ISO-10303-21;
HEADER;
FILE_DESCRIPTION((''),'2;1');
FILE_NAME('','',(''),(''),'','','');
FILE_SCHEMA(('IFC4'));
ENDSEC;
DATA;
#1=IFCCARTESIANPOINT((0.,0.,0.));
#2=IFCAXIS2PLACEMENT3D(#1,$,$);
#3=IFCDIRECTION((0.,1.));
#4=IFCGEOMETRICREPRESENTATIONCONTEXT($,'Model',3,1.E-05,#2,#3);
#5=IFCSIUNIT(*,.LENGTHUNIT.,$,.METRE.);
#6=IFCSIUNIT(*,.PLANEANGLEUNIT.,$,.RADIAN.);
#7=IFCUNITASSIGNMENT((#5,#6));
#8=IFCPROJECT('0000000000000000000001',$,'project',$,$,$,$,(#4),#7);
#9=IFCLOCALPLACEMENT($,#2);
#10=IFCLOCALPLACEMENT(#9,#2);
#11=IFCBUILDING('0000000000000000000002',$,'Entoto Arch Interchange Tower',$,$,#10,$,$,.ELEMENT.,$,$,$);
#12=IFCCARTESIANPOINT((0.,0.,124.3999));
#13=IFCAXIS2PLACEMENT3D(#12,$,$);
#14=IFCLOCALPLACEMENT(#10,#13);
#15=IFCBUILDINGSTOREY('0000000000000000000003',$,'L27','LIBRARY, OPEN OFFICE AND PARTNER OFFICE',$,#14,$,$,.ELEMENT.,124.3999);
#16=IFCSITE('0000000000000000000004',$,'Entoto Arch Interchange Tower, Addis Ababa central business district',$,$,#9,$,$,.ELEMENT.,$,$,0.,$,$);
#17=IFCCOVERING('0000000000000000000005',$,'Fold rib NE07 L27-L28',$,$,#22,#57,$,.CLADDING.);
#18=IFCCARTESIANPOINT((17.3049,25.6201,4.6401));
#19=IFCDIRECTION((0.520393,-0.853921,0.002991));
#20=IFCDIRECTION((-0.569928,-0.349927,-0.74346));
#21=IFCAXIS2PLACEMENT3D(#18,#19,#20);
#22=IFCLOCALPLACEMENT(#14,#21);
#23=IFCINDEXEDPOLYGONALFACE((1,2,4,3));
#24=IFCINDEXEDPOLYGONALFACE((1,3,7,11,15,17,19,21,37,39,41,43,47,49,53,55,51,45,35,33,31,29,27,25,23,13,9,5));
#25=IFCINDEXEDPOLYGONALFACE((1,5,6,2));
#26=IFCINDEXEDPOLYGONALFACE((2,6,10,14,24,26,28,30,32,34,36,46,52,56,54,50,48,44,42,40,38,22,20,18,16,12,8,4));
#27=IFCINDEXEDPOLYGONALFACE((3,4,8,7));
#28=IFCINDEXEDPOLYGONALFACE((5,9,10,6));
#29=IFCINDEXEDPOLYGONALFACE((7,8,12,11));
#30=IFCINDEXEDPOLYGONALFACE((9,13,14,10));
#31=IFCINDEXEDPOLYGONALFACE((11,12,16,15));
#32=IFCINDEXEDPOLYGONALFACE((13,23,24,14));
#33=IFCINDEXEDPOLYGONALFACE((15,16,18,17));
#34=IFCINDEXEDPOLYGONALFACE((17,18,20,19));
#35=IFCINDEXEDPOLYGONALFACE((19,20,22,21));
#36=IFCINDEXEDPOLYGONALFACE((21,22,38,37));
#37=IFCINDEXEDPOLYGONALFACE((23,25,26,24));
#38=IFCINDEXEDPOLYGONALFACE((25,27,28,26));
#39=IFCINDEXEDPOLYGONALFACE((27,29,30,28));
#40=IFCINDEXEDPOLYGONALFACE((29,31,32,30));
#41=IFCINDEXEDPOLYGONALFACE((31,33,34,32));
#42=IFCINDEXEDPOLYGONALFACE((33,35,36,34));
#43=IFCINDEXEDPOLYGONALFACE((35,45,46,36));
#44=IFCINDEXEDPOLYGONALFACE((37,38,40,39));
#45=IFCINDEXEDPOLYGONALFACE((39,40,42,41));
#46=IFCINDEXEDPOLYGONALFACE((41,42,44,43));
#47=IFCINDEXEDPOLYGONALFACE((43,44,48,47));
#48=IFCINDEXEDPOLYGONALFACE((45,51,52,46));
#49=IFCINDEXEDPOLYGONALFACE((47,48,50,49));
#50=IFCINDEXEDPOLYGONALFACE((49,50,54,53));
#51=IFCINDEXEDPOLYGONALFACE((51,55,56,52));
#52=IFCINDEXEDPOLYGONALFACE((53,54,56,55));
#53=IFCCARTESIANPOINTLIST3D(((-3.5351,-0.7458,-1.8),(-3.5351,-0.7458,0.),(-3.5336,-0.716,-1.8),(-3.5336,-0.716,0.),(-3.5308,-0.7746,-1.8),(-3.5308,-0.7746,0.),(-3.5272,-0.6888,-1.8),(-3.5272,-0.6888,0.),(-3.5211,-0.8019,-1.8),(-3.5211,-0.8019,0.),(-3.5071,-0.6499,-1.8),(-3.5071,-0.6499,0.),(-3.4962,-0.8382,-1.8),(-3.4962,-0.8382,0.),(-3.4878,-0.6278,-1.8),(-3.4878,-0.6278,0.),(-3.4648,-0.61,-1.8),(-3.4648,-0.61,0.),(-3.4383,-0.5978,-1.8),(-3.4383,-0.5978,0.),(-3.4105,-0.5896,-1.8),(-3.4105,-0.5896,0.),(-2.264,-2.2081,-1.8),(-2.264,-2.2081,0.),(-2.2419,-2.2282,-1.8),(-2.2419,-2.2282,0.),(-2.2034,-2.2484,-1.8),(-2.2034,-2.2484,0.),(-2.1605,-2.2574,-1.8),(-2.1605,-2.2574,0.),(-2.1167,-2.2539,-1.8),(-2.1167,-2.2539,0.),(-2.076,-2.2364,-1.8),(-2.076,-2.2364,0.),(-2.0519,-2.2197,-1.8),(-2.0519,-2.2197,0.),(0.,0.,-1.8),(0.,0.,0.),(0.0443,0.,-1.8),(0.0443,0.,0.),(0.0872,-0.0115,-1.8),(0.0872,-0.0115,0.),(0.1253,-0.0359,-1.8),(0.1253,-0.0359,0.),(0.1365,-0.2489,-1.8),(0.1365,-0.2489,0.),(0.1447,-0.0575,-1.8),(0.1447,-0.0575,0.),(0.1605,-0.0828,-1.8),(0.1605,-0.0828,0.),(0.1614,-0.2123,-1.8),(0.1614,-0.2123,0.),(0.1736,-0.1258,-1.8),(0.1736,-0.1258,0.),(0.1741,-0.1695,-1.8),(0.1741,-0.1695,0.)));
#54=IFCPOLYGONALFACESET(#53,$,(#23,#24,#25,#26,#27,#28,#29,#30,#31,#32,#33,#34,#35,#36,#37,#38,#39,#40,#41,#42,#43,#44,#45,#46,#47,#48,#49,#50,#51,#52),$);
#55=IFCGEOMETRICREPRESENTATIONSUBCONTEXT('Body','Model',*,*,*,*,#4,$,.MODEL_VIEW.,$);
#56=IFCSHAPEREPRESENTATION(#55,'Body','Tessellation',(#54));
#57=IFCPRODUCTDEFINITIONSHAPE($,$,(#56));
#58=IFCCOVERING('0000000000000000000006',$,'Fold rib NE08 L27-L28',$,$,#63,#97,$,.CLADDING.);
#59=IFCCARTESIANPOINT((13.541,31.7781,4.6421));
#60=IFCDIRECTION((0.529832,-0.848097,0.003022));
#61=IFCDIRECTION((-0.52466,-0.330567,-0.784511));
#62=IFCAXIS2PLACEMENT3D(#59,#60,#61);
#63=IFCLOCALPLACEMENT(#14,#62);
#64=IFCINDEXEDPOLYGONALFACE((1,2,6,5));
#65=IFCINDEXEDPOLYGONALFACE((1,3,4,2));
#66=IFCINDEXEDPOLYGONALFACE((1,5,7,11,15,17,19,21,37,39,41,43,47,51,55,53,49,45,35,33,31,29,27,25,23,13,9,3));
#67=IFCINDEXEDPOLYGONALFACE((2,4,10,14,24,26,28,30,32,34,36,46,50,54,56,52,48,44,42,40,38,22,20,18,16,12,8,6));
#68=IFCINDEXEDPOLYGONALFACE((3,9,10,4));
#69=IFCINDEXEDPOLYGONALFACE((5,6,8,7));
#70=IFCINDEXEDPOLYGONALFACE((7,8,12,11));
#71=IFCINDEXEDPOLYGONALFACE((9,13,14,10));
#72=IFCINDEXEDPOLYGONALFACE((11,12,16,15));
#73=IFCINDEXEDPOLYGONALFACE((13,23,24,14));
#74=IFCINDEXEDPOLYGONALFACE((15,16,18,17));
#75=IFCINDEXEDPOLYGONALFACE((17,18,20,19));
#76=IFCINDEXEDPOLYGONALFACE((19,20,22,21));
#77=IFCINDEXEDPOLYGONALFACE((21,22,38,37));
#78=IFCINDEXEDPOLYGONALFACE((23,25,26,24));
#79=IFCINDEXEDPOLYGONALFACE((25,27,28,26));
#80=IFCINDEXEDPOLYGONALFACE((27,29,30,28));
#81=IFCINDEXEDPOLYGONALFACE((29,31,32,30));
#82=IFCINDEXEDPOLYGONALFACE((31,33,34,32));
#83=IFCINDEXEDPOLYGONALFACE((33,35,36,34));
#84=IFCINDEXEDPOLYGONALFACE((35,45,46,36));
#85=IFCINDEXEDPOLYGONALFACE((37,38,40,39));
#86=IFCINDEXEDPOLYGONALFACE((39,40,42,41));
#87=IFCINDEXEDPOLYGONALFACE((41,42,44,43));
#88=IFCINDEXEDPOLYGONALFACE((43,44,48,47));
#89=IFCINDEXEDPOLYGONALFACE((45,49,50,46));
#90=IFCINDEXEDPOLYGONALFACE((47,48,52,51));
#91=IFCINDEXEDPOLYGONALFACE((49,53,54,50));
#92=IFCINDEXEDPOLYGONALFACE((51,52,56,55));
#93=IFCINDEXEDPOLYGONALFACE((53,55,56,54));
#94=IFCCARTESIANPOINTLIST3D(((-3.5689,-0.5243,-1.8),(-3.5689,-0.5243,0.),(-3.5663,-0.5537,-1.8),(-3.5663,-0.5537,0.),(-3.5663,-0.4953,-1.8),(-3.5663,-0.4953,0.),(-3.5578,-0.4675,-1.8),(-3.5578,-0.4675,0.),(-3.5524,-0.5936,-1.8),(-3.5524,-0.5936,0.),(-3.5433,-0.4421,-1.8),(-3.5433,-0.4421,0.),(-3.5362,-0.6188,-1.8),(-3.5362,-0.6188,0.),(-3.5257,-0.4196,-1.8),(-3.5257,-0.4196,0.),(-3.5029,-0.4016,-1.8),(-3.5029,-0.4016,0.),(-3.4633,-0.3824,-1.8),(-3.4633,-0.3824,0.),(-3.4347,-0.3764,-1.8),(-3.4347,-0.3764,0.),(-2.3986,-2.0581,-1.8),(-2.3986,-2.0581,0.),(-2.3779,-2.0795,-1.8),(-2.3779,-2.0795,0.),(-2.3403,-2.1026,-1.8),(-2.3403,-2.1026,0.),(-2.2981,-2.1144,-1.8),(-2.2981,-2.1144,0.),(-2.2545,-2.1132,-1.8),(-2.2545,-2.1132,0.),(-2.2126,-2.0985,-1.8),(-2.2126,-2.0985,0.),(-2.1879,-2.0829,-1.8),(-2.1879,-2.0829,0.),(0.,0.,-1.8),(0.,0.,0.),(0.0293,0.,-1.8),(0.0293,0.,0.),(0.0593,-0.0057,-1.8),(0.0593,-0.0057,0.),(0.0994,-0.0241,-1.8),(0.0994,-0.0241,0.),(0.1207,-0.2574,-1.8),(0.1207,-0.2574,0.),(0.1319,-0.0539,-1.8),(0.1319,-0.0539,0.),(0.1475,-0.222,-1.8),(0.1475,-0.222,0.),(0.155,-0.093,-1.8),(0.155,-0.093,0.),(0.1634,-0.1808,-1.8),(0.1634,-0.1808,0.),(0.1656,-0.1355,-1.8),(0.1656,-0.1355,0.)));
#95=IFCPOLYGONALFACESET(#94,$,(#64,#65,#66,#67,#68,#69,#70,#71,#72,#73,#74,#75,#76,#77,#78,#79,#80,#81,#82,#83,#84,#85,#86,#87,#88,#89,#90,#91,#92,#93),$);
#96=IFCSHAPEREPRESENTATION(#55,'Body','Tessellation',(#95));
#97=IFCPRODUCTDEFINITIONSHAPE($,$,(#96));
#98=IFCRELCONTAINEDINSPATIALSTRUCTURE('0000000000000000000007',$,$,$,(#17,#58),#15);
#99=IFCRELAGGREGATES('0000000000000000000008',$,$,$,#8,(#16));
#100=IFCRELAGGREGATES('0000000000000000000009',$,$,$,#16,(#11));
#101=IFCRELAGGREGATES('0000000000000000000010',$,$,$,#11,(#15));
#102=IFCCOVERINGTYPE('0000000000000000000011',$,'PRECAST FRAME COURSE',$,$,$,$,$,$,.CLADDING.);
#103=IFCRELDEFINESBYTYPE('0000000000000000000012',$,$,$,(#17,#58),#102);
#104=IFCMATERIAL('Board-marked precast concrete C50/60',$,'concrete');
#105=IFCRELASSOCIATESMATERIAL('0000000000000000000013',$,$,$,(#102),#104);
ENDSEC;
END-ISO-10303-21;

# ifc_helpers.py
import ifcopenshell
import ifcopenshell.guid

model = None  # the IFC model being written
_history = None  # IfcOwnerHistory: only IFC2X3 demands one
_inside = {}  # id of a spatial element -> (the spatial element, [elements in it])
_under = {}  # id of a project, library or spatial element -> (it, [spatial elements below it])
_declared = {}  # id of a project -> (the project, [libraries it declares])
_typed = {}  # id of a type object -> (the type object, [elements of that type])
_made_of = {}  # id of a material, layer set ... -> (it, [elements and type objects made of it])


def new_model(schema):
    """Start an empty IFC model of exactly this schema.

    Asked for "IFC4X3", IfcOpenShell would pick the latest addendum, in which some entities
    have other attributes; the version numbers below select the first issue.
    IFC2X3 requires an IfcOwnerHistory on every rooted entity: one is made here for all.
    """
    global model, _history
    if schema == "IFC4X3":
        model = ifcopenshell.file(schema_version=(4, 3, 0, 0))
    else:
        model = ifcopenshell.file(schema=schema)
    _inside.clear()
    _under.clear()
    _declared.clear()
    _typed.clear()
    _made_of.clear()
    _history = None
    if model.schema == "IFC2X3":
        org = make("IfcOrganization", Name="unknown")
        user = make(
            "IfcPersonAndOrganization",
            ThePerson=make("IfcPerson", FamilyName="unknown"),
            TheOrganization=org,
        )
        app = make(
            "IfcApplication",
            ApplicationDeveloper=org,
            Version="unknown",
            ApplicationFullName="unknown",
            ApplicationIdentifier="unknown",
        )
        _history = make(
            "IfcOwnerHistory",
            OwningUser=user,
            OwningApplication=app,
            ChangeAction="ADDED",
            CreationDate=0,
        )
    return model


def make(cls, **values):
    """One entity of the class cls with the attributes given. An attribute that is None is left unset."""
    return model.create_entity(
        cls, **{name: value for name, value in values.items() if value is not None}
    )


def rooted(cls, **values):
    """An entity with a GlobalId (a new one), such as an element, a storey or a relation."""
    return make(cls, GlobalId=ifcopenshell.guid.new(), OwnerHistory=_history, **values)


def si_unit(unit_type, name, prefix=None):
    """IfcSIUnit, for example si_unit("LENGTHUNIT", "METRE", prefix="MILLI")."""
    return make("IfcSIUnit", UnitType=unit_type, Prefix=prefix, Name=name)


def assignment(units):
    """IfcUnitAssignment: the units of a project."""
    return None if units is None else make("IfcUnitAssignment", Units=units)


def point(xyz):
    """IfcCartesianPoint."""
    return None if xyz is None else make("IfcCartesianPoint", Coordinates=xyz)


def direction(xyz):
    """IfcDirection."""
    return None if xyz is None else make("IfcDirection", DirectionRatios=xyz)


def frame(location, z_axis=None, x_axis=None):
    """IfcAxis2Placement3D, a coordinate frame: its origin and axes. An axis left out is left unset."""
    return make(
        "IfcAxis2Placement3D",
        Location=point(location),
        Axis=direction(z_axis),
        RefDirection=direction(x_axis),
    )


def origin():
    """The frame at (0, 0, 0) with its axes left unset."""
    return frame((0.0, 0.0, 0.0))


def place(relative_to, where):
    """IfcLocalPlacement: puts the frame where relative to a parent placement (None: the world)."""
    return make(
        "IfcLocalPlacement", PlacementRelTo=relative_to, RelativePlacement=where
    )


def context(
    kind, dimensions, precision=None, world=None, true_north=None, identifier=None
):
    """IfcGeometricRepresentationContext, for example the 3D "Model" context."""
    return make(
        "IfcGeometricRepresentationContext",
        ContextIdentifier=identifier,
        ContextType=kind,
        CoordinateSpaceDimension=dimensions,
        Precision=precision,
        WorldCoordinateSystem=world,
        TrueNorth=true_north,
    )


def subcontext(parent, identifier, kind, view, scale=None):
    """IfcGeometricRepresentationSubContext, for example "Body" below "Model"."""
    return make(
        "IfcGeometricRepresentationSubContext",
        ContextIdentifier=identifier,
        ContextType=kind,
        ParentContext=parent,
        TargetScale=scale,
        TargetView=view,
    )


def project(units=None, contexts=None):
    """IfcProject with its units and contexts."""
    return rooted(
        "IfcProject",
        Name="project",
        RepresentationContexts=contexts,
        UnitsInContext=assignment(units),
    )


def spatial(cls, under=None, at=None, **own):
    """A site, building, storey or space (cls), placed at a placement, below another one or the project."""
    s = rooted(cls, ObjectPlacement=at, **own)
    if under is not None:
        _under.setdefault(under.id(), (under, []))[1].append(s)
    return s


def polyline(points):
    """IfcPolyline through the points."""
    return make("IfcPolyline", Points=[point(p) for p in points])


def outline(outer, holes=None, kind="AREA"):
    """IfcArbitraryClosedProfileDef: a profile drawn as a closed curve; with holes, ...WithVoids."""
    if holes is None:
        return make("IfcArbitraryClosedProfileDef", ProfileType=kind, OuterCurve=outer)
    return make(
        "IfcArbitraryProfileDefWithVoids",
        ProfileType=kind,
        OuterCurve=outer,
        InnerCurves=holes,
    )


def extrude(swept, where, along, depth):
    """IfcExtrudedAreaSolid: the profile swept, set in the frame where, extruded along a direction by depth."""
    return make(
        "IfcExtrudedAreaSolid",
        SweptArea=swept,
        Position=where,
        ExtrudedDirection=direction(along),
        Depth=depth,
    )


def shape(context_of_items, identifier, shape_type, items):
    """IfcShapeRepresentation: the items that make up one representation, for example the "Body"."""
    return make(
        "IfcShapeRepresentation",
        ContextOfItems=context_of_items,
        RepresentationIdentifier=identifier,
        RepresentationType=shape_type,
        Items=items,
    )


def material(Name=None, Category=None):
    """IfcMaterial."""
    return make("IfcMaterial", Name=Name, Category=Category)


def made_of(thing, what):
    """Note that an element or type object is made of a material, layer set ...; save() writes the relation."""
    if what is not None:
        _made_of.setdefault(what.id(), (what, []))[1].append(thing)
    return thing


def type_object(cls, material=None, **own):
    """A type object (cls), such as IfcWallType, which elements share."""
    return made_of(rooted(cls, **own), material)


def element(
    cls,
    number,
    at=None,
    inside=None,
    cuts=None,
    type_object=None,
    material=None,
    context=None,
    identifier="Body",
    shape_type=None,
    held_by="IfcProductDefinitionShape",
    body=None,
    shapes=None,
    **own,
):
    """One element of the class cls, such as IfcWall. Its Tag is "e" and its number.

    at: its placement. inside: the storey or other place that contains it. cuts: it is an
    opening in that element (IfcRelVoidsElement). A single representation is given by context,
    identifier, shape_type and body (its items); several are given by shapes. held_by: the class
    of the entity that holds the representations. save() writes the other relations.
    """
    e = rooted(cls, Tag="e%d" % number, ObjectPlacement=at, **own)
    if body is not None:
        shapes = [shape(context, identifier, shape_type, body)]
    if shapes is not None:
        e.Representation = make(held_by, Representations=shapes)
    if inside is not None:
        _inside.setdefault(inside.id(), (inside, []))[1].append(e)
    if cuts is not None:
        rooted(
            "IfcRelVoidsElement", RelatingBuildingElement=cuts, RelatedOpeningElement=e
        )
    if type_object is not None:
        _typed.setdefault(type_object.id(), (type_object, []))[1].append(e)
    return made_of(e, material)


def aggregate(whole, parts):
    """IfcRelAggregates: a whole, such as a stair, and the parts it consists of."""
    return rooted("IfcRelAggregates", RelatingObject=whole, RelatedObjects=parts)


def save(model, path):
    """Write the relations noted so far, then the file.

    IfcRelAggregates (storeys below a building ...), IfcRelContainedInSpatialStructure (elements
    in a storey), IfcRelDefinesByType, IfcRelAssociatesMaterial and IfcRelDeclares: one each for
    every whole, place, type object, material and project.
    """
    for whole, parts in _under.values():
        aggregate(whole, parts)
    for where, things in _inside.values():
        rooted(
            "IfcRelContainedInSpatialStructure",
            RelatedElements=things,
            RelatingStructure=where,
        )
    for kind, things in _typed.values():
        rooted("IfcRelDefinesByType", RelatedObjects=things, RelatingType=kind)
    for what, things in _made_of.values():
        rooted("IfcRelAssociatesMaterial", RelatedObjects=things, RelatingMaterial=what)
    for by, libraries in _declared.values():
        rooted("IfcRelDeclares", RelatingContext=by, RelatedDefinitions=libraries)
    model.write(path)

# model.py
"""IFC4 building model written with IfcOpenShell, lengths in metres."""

from ifc_helpers import new_model, si_unit, direction, frame, origin, place, context, subcontext, project, spatial, polyline, outline, extrude, material, type_object, element, save


model = new_model("IFC4")

# Units and contexts
model_context = context("Model", 3, precision=1e-05, world=origin(), true_north=direction((0.0, 1.0)))
body_context = subcontext(model_context, "Body", "Model", "MODEL_VIEW")
ifc_project = project(units=[si_unit("LENGTHUNIT", "METRE"), si_unit("PLANEANGLEUNIT", "RADIAN")], contexts=[model_context])

# Site, building, storey
site_placement = place(None, origin())
site = spatial("IfcSite", under=ifc_project, at=site_placement, Name="Entoto Arch Interchange Tower, Addis Ababa central business district", CompositionType="ELEMENT", RefElevation=0.0)
building_placement = place(site_placement, origin())
building = spatial("IfcBuilding", under=site, at=building_placement, Name="Entoto Arch Interchange Tower", CompositionType="ELEMENT")
storey_placement = place(building_placement, frame((0.0, 0.0, 124.3999)))
storey = spatial("IfcBuildingStorey", under=building, at=storey_placement, Name="L27", Description="LIBRARY, OPEN OFFICE AND PARTNER OFFICE", CompositionType="ELEMENT", Elevation=124.3999)

# Coverings
ifc_material_1 = material(Name="Board-marked precast concrete C50/60", Category="concrete")
covering_type = type_object("IfcCoveringType", Name="PRECAST FRAME COURSE", PredefinedType="CLADDING", material=ifc_material_1)
covering_1_placement = place(storey_placement, frame((17.3049, 25.6201, 4.6401), z_axis=(0.520393, -0.853921, 0.002991), x_axis=(-0.569928, -0.349927, -0.74346)))
element("IfcCovering", 1, at=covering_1_placement, inside=storey, type_object=covering_type, Name="Fold rib NE07 L27-L28", PredefinedType="CLADDING", context=body_context, shape_type="SweptSolid", body=[
    extrude(outline(polyline([(0.0, 0.0), (0.0443, 0.0), (0.0872, -0.0115), (0.1253, -0.0359), (0.1447, -0.0575), (0.1605, -0.0828), (0.1736, -0.1258), (0.1741, -0.1695), (0.1614, -0.2123), (0.1365, -0.2489), (-2.0519, -2.2197), (-2.076, -2.2364), (-2.1167, -2.2539), (-2.1605, -2.2574), (-2.2034, -2.2484), (-2.2419, -2.2282), (-2.264, -2.2081), (-3.4962, -0.8382), (-3.5211, -0.8019), (-3.5308, -0.7746), (-3.5351, -0.7458), (-3.5336, -0.716), (-3.5272, -0.6888), (-3.5071, -0.6499), (-3.4878, -0.6278), (-3.4648, -0.61), (-3.4383, -0.5978), (-3.4105, -0.5896), (0.0, 0.0)])), origin(), (0.0, 0.0, -1.0), 1.8),
])
covering_2_placement = place(storey_placement, frame((13.541, 31.7781, 4.6421), z_axis=(0.529832, -0.848097, 0.003022), x_axis=(-0.52466, -0.330567, -0.784511)))
element("IfcCovering", 2, at=covering_2_placement, inside=storey, type_object=covering_type, Name="Fold rib NE08 L27-L28", PredefinedType="CLADDING", context=body_context, shape_type="SweptSolid", body=[
    extrude(outline(polyline([(0.0, 0.0), (0.0293, 0.0), (0.0593, -0.0057), (0.0994, -0.0241), (0.1319, -0.0539), (0.155, -0.093), (0.1656, -0.1355), (0.1634, -0.1808), (0.1475, -0.222), (0.1207, -0.2574), (-2.1879, -2.0829), (-2.2126, -2.0985), (-2.2545, -2.1132), (-2.2981, -2.1144), (-2.3403, -2.1026), (-2.3779, -2.0795), (-2.3986, -2.0581), (-3.5362, -0.6188), (-3.5524, -0.5936), (-3.5663, -0.5537), (-3.5689, -0.5243), (-3.5663, -0.4953), (-3.5578, -0.4675), (-3.5433, -0.4421), (-3.5257, -0.4196), (-3.5029, -0.4016), (-3.4633, -0.3824), (-3.4347, -0.3764), (0.0, 0.0)])), origin(), (0.0, 0.0, -1.0), 1.8),
])

save(model, "model.ifc")
